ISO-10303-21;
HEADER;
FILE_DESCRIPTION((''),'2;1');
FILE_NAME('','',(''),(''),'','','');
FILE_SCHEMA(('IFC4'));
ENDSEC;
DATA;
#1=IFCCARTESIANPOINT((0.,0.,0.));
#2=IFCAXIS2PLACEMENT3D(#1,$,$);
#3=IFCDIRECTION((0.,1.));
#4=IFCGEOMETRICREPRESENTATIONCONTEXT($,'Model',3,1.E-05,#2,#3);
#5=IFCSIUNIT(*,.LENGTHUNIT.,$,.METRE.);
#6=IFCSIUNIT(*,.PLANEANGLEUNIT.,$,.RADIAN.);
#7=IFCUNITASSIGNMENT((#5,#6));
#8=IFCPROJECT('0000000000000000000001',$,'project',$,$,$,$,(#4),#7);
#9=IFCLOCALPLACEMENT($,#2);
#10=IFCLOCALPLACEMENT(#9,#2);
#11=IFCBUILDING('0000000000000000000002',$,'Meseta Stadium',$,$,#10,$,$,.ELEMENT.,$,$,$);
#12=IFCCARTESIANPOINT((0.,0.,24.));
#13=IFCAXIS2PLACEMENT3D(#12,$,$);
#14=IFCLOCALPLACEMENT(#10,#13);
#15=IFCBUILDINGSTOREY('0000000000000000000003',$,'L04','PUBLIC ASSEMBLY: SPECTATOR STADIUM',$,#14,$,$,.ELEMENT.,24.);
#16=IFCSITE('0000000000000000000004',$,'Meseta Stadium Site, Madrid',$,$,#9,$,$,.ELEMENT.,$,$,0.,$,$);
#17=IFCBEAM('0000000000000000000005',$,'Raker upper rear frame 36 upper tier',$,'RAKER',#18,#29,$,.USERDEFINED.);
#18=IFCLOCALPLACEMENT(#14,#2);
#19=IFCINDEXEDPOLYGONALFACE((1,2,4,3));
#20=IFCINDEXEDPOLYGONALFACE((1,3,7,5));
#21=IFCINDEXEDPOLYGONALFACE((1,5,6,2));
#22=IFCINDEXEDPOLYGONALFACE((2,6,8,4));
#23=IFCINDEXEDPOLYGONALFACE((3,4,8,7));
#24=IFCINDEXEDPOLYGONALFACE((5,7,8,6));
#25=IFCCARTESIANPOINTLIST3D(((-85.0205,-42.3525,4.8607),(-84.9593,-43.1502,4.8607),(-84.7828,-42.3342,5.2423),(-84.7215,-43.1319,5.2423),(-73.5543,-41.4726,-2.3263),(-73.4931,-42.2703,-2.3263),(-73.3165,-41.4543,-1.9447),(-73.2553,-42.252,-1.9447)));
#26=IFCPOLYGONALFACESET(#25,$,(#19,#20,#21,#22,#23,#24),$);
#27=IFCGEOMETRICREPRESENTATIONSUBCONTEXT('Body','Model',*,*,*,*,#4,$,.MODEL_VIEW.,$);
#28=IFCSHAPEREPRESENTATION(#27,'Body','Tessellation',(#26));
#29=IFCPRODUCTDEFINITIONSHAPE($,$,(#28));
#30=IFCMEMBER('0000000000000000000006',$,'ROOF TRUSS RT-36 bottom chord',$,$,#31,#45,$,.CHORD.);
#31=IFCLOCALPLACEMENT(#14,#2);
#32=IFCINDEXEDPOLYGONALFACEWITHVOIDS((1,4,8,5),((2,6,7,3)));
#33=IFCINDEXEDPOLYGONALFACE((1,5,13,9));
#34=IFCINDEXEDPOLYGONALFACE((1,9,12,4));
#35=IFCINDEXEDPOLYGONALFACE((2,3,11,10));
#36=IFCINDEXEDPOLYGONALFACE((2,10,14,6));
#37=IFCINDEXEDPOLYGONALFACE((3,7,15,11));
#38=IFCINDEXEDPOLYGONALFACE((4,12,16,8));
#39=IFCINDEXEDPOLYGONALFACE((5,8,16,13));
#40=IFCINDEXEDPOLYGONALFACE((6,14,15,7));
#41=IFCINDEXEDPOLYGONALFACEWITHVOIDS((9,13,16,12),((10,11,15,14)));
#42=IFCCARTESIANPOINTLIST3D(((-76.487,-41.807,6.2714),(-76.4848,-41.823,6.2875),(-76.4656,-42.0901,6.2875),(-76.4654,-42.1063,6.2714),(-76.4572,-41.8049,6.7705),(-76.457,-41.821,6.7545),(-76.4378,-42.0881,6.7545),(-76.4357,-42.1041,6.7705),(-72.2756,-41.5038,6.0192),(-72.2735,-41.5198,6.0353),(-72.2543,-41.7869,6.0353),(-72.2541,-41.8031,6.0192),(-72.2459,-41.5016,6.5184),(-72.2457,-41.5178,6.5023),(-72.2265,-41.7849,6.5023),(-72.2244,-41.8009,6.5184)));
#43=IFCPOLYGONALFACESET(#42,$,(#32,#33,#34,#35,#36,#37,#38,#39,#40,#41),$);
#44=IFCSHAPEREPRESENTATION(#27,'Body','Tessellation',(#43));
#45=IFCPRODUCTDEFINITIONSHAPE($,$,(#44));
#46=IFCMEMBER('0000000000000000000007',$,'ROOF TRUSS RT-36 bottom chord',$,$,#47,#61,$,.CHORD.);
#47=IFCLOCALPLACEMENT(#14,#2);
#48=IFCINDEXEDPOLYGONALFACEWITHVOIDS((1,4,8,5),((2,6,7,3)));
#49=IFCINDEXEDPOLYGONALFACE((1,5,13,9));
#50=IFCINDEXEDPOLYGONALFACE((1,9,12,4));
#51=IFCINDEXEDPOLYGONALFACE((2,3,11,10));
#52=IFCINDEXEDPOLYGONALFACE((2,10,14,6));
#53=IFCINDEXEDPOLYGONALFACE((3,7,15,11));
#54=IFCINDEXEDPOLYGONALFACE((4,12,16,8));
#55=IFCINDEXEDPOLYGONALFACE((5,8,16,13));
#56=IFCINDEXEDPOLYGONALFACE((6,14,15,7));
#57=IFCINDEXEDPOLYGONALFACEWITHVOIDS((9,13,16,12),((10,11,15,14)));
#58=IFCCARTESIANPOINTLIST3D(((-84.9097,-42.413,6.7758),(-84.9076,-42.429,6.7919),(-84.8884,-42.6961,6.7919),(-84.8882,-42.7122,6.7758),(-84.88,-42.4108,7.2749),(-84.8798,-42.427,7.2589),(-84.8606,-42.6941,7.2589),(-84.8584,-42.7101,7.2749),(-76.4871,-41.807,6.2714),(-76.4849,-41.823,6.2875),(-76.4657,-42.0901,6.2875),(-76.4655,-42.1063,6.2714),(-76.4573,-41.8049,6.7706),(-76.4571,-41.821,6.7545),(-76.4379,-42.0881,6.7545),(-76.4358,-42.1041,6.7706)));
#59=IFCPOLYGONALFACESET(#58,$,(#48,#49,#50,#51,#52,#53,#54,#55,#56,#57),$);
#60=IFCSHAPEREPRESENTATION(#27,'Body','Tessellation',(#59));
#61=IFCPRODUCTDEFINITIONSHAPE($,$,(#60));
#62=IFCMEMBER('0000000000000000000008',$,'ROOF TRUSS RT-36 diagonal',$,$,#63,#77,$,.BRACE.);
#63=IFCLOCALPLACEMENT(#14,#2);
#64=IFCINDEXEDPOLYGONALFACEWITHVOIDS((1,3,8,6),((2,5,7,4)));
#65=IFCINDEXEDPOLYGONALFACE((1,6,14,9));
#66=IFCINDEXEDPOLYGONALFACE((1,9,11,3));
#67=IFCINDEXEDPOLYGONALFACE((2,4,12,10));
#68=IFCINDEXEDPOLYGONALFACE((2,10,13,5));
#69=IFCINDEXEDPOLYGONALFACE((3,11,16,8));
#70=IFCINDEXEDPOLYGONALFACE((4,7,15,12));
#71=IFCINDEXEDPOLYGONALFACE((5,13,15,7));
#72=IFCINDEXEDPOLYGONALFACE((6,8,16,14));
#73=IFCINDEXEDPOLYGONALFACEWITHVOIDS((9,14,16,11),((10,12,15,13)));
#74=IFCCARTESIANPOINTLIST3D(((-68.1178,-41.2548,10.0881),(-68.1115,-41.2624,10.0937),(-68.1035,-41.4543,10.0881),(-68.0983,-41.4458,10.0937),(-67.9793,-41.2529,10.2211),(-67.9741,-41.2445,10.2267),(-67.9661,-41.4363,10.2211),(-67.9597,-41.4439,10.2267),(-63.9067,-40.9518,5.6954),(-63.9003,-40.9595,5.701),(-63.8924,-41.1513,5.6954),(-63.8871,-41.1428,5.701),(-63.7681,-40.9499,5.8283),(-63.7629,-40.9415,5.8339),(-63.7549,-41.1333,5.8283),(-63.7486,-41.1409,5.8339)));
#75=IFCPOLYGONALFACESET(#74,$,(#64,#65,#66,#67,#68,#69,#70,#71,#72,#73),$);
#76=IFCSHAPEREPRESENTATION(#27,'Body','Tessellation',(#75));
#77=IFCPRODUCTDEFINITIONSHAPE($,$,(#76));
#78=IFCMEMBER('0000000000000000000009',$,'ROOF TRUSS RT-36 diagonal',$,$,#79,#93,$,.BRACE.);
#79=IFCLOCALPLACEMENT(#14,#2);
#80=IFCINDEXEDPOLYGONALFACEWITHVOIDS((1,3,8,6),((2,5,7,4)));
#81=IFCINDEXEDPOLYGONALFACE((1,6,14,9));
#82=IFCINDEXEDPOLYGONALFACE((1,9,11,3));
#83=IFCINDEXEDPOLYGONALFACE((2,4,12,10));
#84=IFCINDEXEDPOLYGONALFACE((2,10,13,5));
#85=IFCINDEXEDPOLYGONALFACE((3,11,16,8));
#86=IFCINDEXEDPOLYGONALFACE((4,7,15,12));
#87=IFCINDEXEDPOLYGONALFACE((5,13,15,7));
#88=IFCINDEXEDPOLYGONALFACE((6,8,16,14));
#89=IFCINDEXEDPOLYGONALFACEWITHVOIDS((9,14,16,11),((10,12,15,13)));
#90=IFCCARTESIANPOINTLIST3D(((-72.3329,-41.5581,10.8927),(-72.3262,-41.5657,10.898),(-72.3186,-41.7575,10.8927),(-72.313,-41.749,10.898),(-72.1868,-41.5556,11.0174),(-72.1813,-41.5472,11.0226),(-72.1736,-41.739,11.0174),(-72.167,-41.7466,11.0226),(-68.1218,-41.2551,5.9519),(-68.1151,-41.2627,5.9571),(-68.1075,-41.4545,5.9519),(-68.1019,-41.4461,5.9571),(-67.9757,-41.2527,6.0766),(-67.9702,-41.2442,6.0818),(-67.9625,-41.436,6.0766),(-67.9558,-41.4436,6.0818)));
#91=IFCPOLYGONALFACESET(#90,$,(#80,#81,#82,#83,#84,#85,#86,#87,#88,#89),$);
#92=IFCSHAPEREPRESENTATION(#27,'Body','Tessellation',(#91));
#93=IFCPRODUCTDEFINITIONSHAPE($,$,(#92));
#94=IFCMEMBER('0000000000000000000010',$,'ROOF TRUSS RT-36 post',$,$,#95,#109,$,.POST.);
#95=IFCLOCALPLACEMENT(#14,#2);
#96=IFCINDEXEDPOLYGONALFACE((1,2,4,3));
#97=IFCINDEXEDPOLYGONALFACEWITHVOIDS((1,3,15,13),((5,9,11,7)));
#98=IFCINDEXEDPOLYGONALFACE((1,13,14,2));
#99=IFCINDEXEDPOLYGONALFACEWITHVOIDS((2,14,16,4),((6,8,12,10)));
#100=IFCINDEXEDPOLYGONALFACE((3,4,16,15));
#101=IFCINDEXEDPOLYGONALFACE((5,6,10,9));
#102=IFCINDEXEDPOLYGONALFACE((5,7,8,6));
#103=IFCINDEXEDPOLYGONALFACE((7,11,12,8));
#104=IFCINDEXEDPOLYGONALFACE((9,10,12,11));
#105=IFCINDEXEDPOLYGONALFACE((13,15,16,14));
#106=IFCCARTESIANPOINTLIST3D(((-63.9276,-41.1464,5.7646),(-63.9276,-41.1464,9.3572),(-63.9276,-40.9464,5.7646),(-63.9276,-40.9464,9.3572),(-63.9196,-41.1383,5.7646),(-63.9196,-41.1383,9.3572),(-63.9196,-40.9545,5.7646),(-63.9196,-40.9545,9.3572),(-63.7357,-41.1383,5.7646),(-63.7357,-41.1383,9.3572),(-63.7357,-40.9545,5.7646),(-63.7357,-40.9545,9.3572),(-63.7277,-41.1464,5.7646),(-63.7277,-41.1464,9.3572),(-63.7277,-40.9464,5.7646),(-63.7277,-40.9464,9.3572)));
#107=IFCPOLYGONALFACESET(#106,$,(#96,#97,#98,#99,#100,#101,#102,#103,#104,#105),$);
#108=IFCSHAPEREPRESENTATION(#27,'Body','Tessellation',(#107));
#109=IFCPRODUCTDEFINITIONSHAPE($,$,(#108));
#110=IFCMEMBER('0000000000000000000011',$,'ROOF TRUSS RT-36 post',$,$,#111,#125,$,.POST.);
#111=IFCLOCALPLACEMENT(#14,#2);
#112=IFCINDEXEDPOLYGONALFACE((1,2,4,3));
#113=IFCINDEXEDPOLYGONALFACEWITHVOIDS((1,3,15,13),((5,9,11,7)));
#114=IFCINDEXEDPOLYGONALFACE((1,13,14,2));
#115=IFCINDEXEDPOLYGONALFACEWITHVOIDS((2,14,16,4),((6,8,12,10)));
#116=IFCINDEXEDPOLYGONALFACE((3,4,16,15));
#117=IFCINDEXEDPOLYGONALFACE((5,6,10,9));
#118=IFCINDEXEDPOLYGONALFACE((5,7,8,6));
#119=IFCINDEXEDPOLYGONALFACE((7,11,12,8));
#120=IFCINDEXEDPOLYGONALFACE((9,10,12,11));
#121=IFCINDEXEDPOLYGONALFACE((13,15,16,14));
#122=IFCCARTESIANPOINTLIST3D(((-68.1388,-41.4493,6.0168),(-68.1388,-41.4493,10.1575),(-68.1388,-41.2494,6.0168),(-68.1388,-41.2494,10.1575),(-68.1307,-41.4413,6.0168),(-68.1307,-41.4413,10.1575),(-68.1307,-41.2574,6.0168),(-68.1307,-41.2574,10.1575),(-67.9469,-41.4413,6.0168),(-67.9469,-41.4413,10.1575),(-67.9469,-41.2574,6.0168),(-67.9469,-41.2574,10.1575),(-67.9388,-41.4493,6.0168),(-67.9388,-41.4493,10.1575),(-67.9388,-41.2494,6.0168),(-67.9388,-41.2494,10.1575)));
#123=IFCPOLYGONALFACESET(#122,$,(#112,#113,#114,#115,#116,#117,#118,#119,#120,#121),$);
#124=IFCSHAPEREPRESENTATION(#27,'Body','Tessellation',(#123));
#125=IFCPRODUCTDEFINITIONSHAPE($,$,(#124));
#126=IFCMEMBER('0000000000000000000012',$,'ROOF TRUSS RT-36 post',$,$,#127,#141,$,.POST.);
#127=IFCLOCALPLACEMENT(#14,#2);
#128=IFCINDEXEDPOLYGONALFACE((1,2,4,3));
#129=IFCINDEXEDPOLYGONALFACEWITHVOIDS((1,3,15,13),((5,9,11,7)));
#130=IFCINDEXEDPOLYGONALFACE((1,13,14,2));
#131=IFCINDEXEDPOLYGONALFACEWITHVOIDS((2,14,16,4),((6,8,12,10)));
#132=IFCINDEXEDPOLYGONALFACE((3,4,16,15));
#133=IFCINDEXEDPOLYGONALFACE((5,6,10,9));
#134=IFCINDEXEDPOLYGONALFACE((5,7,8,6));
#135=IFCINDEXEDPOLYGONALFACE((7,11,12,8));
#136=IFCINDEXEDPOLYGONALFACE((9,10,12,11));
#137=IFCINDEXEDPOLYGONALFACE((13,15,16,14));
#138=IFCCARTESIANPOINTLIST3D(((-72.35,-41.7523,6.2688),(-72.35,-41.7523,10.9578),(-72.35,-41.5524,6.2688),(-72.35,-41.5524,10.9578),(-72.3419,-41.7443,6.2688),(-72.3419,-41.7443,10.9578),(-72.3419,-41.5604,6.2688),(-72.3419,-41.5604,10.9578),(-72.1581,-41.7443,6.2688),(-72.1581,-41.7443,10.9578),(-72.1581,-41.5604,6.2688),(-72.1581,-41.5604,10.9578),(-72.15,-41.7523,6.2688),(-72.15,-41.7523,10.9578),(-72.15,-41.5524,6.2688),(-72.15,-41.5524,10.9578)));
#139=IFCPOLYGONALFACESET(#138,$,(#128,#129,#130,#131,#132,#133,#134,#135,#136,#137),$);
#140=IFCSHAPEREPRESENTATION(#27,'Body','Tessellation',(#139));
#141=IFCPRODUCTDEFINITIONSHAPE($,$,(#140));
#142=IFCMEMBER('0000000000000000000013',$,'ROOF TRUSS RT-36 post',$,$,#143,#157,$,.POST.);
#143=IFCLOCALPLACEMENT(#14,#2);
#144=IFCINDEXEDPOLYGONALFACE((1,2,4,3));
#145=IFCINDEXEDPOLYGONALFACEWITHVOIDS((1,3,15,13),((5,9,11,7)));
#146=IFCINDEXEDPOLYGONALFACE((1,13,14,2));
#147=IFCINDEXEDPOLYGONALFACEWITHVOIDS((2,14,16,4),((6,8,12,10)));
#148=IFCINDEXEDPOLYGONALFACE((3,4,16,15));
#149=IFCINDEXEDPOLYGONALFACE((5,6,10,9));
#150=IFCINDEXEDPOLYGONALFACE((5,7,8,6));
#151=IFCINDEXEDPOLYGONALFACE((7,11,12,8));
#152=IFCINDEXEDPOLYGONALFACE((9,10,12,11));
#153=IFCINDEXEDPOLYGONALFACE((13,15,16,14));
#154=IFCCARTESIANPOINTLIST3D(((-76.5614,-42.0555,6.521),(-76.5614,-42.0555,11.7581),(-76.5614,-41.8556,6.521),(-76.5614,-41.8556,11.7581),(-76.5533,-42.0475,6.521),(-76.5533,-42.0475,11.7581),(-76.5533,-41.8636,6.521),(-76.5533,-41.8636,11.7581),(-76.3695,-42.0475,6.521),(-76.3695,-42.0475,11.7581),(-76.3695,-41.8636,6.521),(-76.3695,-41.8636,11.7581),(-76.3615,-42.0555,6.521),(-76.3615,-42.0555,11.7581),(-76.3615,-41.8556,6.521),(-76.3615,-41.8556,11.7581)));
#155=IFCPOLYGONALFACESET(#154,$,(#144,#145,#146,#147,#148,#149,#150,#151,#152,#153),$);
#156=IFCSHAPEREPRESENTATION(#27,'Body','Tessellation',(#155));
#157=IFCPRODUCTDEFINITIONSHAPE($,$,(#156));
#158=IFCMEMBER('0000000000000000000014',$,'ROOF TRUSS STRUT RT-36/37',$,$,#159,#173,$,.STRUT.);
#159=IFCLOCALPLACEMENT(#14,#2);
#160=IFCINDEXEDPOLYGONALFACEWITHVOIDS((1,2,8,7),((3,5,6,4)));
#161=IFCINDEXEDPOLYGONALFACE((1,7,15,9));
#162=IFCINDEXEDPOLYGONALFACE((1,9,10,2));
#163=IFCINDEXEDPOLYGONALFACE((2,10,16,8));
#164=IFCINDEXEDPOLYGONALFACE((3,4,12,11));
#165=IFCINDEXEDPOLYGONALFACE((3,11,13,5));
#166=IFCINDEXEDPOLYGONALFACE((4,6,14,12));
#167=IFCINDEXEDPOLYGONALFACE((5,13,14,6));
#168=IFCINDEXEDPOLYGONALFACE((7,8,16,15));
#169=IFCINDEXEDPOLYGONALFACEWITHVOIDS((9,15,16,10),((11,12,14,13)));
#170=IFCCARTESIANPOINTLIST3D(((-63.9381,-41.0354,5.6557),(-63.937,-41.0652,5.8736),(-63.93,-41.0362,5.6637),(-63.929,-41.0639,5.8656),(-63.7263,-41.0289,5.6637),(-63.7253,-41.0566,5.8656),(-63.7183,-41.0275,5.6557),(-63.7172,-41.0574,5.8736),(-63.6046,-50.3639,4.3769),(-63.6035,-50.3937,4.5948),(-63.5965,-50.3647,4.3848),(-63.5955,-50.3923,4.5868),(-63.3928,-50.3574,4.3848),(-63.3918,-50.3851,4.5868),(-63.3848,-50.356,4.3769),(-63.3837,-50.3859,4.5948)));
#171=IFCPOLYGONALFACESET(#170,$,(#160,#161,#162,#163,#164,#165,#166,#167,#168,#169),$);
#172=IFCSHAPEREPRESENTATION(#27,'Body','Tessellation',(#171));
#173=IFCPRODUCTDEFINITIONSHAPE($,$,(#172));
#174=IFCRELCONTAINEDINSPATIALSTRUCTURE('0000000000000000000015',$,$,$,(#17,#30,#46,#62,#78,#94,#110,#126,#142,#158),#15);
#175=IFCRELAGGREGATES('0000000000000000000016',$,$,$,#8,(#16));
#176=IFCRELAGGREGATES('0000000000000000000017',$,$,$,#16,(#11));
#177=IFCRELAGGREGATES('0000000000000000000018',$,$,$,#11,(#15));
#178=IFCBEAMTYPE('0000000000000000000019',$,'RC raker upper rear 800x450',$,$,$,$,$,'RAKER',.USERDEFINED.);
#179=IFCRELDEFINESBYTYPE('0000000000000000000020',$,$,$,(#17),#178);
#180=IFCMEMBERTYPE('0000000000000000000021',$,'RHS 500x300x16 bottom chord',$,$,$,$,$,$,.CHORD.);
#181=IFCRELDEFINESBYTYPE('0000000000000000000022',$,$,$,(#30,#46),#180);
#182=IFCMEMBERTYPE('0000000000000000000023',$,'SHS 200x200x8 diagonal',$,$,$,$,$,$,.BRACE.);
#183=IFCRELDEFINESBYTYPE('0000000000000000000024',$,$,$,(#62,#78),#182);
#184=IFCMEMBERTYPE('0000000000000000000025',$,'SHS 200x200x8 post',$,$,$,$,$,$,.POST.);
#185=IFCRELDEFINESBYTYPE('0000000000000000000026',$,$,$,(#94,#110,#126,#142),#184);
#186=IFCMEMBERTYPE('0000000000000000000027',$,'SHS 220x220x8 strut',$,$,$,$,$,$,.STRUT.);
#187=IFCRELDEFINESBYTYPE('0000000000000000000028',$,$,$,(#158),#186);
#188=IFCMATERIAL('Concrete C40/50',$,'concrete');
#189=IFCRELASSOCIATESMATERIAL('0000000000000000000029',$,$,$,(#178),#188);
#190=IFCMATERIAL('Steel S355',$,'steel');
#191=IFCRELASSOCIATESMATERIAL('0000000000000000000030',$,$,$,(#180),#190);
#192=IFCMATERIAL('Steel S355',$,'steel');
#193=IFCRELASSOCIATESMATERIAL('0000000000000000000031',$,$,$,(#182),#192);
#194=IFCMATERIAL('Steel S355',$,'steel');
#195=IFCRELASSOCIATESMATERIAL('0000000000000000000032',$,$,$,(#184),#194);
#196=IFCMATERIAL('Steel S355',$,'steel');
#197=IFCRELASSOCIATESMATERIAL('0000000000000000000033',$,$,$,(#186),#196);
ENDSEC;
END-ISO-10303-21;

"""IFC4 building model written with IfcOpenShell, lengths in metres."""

from ifc_helpers import new_model, si_unit, direction, frame, origin, origin_2d, place, context, subcontext, project, spatial, rectangle, hollow_rectangle, extrude, material, material_profile, profile_set, type_object, element, save


model = new_model("IFC4")

# Units and contexts
model_context = context("Model", 3, precision=1e-05, world=origin(), true_north=direction((0.0, 1.0)))
body_context = subcontext(model_context, "Body", "Model", "MODEL_VIEW")
ifc_project = project(units=[si_unit("LENGTHUNIT", "METRE"), si_unit("PLANEANGLEUNIT", "RADIAN")], contexts=[model_context])

# Site, building, storey
site_placement = place(None, origin())
site = spatial("IfcSite", under=ifc_project, at=site_placement, Name="Meseta Stadium Site, Madrid", CompositionType="ELEMENT", RefElevation=0.0)
building_placement = place(site_placement, origin())
building = spatial("IfcBuilding", under=site, at=building_placement, Name="Meseta Stadium", CompositionType="ELEMENT")
storey_placement = place(building_placement, frame((0.0, 0.0, 24.0)))
storey = spatial("IfcBuildingStorey", under=building, at=storey_placement, Name="L04", Description="PUBLIC ASSEMBLY: SPECTATOR STADIUM", CompositionType="ELEMENT", Elevation=24.0)

# Beam
ifc_material_1 = material(Name="Concrete C40/50", Category="concrete")
ifc_material_profile_1 = material_profile(ifc_material_1, rectangle(XDim=0.8, YDim=0.45, at=origin_2d()), Name="RC 800x450")
ifc_profile_set_1 = profile_set([ifc_material_profile_1], Name="Concrete C40/50")
beam_type = type_object("IfcBeamType", Name="RC raker upper rear 800x450", ElementType="RAKER", PredefinedType="USERDEFINED", material=ifc_profile_set_1)
beam_placement = place(storey_placement, frame((-73.4048, -41.8623, -2.1355), z_axis=(-0.845529, -0.064883, 0.529972), x_axis=(0.076511, -0.997069, 0.0)))
element("IfcBeam", 1, at=beam_placement, inside=storey, type_object=beam_type, Name="Raker upper rear frame 36 upper tier", ObjectType="RAKER", PredefinedType="USERDEFINED", context=body_context, shape_type="SweptSolid", body=[
    extrude(rectangle(XDim=0.8, YDim=0.45, at=origin_2d()), origin(), (0.0, 0.0, 1.0), 13.561),
])

# Members
ifc_material_2 = material(Name="Steel S355", Category="steel")
ifc_material_profile_2 = material_profile(ifc_material_2, hollow_rectangle(XDim=0.3, YDim=0.5, WallThickness=0.0161, at=origin_2d()), Name="RHS 500x300x16")
ifc_profile_set_2 = profile_set([ifc_material_profile_2], Name="Steel S355")
member_type_1 = type_object("IfcMemberType", Name="RHS 500x300x16 bottom chord", PredefinedType="CHORD", material=ifc_profile_set_2)
member_1_placement = place(storey_placement, frame((-72.25, -41.6523, 6.2688), z_axis=(-0.995644, -0.071686, 0.059623), x_axis=(0.071814, -0.997418, 0.0)))
element("IfcMember", 2, at=member_1_placement, inside=storey, type_object=member_type_1, Name="ROOF TRUSS RT-36 bottom chord", PredefinedType="CHORD", context=body_context, shape_type="SweptSolid", body=[
    extrude(hollow_rectangle(XDim=0.3, YDim=0.5, WallThickness=0.0161, at=origin_2d()), origin(), (0.0, 0.0, 1.0), 4.2297),
])
member_2_placement = place(storey_placement, frame((-76.4614, -41.9556, 6.521), z_axis=(-0.995647, -0.071631, 0.059625), x_axis=(0.071759, -0.997422, 0.0)))
element("IfcMember", 3, at=member_2_placement, inside=storey, type_object=member_type_1, Name="ROOF TRUSS RT-36 bottom chord", PredefinedType="CHORD", context=body_context, shape_type="SweptSolid", body=[
    extrude(hollow_rectangle(XDim=0.3, YDim=0.5, WallThickness=0.0161, at=origin_2d()), origin(), (0.0, 0.0, 1.0), 8.4595),
])
ifc_material_3 = material(Name="Steel S355", Category="steel")
ifc_material_profile_3 = material_profile(ifc_material_3, hollow_rectangle(XDim=0.2, YDim=0.2, WallThickness=0.0081, at=origin_2d()), Name="SHS 200x200x8")
ifc_profile_set_3 = profile_set([ifc_material_profile_3], Name="Steel S355")
member_type_2 = type_object("IfcMemberType", Name="SHS 200x200x8 diagonal", PredefinedType="BRACE", material=ifc_profile_set_3)
member_3_placement = place(storey_placement, frame((-63.8276, -41.0464, 5.7646), z_axis=(-0.691169, -0.049727, 0.720981), x_axis=(0.071761, -0.997422, 0.0)))
element("IfcMember", 4, at=member_3_placement, inside=storey, type_object=member_type_2, Name="ROOF TRUSS RT-36 diagonal", PredefinedType="BRACE", context=body_context, shape_type="SweptSolid", body=[
    extrude(hollow_rectangle(XDim=0.2, YDim=0.2, WallThickness=0.0081, at=origin_2d()), origin(), (0.0, 0.0, 1.0), 6.0928),
])
member_4_placement = place(storey_placement, frame((-68.0388, -41.3494, 6.0168), z_axis=(-0.647962, -0.046618, 0.760245), x_axis=(0.071761, -0.997422, 0.0)))
element("IfcMember", 5, at=member_4_placement, inside=storey, type_object=member_type_2, Name="ROOF TRUSS RT-36 diagonal", PredefinedType="BRACE", context=body_context, shape_type="SweptSolid", body=[
    extrude(hollow_rectangle(XDim=0.2, YDim=0.2, WallThickness=0.0081, at=origin_2d()), origin(), (0.0, 0.0, 1.0), 6.499),
])
ifc_material_4 = material(Name="Steel S355", Category="steel")
ifc_material_profile_4 = material_profile(ifc_material_4, hollow_rectangle(XDim=0.2, YDim=0.2, WallThickness=0.0081, at=origin_2d()), Name="SHS 200x200x8")
ifc_profile_set_4 = profile_set([ifc_material_profile_4], Name="Steel S355")
member_type_3 = type_object("IfcMemberType", Name="SHS 200x200x8 post", PredefinedType="POST", material=ifc_profile_set_4)
member_5_placement = place(storey_placement, frame((-63.8276, -41.0464, 5.7646), z_axis=(0.0, 0.0, 1.0), x_axis=(1.0, 0.0, 0.0)))
element("IfcMember", 6, at=member_5_placement, inside=storey, type_object=member_type_3, Name="ROOF TRUSS RT-36 post", PredefinedType="POST", context=body_context, shape_type="SweptSolid", body=[
    extrude(hollow_rectangle(XDim=0.2, YDim=0.2, WallThickness=0.0081, at=origin_2d()), origin(), (0.0, 0.0, 1.0), 3.5925),
])
member_6_placement = place(storey_placement, frame((-68.0388, -41.3494, 6.0168), z_axis=(0.0, 0.0, 1.0), x_axis=(1.0, 0.0, 0.0)))
element("IfcMember", 7, at=member_6_placement, inside=storey, type_object=member_type_3, Name="ROOF TRUSS RT-36 post", PredefinedType="POST", context=body_context, shape_type="SweptSolid", body=[
    extrude(hollow_rectangle(XDim=0.2, YDim=0.2, WallThickness=0.0081, at=origin_2d()), origin(), (0.0, 0.0, 1.0), 4.1406),
])
member_7_placement = place(storey_placement, frame((-72.25, -41.6523, 6.2688), z_axis=(0.0, 0.0, 1.0), x_axis=(1.0, 0.0, 0.0)))
element("IfcMember", 8, at=member_7_placement, inside=storey, type_object=member_type_3, Name="ROOF TRUSS RT-36 post", PredefinedType="POST", context=body_context, shape_type="SweptSolid", body=[
    extrude(hollow_rectangle(XDim=0.2, YDim=0.2, WallThickness=0.0081, at=origin_2d()), origin(), (0.0, 0.0, 1.0), 4.689),
])
member_8_placement = place(storey_placement, frame((-76.4614, -41.9556, 6.521), z_axis=(0.0, 0.0, 1.0), x_axis=(1.0, 0.0, 0.0)))
element("IfcMember", 9, at=member_8_placement, inside=storey, type_object=member_type_3, Name="ROOF TRUSS RT-36 post", PredefinedType="POST", context=body_context, shape_type="SweptSolid", body=[
    extrude(hollow_rectangle(XDim=0.2, YDim=0.2, WallThickness=0.0081, at=origin_2d()), origin(), (0.0, 0.0, 1.0), 5.2371),
])
ifc_material_5 = material(Name="Steel S355", Category="steel")
ifc_material_profile_5 = material_profile(ifc_material_5, hollow_rectangle(XDim=0.22, YDim=0.22, WallThickness=0.0081, at=origin_2d()), Name="SHS 220x220x8")
ifc_profile_set_5 = profile_set([ifc_material_profile_5], Name="Steel S355")
member_type_4 = type_object("IfcMemberType", Name="SHS 220x220x8 strut", PredefinedType="STRUT", material=ifc_profile_set_5)
member_9_placement = place(storey_placement, frame((-63.8276, -41.0464, 5.7646), z_axis=(0.035397, -0.990113, -0.135733), x_axis=(0.999362, 0.035728, 0.0)))
element("IfcMember", 10, at=member_9_placement, inside=storey, type_object=member_type_4, Name="ROOF TRUSS STRUT RT-36/37", PredefinedType="STRUT", context=body_context, shape_type="SweptSolid", body=[
    extrude(hollow_rectangle(XDim=0.22, YDim=0.22, WallThickness=0.0081, at=origin_2d()), origin(), (0.0, 0.0, 1.0), 9.4216),
])

save(model, "model.ifc")
